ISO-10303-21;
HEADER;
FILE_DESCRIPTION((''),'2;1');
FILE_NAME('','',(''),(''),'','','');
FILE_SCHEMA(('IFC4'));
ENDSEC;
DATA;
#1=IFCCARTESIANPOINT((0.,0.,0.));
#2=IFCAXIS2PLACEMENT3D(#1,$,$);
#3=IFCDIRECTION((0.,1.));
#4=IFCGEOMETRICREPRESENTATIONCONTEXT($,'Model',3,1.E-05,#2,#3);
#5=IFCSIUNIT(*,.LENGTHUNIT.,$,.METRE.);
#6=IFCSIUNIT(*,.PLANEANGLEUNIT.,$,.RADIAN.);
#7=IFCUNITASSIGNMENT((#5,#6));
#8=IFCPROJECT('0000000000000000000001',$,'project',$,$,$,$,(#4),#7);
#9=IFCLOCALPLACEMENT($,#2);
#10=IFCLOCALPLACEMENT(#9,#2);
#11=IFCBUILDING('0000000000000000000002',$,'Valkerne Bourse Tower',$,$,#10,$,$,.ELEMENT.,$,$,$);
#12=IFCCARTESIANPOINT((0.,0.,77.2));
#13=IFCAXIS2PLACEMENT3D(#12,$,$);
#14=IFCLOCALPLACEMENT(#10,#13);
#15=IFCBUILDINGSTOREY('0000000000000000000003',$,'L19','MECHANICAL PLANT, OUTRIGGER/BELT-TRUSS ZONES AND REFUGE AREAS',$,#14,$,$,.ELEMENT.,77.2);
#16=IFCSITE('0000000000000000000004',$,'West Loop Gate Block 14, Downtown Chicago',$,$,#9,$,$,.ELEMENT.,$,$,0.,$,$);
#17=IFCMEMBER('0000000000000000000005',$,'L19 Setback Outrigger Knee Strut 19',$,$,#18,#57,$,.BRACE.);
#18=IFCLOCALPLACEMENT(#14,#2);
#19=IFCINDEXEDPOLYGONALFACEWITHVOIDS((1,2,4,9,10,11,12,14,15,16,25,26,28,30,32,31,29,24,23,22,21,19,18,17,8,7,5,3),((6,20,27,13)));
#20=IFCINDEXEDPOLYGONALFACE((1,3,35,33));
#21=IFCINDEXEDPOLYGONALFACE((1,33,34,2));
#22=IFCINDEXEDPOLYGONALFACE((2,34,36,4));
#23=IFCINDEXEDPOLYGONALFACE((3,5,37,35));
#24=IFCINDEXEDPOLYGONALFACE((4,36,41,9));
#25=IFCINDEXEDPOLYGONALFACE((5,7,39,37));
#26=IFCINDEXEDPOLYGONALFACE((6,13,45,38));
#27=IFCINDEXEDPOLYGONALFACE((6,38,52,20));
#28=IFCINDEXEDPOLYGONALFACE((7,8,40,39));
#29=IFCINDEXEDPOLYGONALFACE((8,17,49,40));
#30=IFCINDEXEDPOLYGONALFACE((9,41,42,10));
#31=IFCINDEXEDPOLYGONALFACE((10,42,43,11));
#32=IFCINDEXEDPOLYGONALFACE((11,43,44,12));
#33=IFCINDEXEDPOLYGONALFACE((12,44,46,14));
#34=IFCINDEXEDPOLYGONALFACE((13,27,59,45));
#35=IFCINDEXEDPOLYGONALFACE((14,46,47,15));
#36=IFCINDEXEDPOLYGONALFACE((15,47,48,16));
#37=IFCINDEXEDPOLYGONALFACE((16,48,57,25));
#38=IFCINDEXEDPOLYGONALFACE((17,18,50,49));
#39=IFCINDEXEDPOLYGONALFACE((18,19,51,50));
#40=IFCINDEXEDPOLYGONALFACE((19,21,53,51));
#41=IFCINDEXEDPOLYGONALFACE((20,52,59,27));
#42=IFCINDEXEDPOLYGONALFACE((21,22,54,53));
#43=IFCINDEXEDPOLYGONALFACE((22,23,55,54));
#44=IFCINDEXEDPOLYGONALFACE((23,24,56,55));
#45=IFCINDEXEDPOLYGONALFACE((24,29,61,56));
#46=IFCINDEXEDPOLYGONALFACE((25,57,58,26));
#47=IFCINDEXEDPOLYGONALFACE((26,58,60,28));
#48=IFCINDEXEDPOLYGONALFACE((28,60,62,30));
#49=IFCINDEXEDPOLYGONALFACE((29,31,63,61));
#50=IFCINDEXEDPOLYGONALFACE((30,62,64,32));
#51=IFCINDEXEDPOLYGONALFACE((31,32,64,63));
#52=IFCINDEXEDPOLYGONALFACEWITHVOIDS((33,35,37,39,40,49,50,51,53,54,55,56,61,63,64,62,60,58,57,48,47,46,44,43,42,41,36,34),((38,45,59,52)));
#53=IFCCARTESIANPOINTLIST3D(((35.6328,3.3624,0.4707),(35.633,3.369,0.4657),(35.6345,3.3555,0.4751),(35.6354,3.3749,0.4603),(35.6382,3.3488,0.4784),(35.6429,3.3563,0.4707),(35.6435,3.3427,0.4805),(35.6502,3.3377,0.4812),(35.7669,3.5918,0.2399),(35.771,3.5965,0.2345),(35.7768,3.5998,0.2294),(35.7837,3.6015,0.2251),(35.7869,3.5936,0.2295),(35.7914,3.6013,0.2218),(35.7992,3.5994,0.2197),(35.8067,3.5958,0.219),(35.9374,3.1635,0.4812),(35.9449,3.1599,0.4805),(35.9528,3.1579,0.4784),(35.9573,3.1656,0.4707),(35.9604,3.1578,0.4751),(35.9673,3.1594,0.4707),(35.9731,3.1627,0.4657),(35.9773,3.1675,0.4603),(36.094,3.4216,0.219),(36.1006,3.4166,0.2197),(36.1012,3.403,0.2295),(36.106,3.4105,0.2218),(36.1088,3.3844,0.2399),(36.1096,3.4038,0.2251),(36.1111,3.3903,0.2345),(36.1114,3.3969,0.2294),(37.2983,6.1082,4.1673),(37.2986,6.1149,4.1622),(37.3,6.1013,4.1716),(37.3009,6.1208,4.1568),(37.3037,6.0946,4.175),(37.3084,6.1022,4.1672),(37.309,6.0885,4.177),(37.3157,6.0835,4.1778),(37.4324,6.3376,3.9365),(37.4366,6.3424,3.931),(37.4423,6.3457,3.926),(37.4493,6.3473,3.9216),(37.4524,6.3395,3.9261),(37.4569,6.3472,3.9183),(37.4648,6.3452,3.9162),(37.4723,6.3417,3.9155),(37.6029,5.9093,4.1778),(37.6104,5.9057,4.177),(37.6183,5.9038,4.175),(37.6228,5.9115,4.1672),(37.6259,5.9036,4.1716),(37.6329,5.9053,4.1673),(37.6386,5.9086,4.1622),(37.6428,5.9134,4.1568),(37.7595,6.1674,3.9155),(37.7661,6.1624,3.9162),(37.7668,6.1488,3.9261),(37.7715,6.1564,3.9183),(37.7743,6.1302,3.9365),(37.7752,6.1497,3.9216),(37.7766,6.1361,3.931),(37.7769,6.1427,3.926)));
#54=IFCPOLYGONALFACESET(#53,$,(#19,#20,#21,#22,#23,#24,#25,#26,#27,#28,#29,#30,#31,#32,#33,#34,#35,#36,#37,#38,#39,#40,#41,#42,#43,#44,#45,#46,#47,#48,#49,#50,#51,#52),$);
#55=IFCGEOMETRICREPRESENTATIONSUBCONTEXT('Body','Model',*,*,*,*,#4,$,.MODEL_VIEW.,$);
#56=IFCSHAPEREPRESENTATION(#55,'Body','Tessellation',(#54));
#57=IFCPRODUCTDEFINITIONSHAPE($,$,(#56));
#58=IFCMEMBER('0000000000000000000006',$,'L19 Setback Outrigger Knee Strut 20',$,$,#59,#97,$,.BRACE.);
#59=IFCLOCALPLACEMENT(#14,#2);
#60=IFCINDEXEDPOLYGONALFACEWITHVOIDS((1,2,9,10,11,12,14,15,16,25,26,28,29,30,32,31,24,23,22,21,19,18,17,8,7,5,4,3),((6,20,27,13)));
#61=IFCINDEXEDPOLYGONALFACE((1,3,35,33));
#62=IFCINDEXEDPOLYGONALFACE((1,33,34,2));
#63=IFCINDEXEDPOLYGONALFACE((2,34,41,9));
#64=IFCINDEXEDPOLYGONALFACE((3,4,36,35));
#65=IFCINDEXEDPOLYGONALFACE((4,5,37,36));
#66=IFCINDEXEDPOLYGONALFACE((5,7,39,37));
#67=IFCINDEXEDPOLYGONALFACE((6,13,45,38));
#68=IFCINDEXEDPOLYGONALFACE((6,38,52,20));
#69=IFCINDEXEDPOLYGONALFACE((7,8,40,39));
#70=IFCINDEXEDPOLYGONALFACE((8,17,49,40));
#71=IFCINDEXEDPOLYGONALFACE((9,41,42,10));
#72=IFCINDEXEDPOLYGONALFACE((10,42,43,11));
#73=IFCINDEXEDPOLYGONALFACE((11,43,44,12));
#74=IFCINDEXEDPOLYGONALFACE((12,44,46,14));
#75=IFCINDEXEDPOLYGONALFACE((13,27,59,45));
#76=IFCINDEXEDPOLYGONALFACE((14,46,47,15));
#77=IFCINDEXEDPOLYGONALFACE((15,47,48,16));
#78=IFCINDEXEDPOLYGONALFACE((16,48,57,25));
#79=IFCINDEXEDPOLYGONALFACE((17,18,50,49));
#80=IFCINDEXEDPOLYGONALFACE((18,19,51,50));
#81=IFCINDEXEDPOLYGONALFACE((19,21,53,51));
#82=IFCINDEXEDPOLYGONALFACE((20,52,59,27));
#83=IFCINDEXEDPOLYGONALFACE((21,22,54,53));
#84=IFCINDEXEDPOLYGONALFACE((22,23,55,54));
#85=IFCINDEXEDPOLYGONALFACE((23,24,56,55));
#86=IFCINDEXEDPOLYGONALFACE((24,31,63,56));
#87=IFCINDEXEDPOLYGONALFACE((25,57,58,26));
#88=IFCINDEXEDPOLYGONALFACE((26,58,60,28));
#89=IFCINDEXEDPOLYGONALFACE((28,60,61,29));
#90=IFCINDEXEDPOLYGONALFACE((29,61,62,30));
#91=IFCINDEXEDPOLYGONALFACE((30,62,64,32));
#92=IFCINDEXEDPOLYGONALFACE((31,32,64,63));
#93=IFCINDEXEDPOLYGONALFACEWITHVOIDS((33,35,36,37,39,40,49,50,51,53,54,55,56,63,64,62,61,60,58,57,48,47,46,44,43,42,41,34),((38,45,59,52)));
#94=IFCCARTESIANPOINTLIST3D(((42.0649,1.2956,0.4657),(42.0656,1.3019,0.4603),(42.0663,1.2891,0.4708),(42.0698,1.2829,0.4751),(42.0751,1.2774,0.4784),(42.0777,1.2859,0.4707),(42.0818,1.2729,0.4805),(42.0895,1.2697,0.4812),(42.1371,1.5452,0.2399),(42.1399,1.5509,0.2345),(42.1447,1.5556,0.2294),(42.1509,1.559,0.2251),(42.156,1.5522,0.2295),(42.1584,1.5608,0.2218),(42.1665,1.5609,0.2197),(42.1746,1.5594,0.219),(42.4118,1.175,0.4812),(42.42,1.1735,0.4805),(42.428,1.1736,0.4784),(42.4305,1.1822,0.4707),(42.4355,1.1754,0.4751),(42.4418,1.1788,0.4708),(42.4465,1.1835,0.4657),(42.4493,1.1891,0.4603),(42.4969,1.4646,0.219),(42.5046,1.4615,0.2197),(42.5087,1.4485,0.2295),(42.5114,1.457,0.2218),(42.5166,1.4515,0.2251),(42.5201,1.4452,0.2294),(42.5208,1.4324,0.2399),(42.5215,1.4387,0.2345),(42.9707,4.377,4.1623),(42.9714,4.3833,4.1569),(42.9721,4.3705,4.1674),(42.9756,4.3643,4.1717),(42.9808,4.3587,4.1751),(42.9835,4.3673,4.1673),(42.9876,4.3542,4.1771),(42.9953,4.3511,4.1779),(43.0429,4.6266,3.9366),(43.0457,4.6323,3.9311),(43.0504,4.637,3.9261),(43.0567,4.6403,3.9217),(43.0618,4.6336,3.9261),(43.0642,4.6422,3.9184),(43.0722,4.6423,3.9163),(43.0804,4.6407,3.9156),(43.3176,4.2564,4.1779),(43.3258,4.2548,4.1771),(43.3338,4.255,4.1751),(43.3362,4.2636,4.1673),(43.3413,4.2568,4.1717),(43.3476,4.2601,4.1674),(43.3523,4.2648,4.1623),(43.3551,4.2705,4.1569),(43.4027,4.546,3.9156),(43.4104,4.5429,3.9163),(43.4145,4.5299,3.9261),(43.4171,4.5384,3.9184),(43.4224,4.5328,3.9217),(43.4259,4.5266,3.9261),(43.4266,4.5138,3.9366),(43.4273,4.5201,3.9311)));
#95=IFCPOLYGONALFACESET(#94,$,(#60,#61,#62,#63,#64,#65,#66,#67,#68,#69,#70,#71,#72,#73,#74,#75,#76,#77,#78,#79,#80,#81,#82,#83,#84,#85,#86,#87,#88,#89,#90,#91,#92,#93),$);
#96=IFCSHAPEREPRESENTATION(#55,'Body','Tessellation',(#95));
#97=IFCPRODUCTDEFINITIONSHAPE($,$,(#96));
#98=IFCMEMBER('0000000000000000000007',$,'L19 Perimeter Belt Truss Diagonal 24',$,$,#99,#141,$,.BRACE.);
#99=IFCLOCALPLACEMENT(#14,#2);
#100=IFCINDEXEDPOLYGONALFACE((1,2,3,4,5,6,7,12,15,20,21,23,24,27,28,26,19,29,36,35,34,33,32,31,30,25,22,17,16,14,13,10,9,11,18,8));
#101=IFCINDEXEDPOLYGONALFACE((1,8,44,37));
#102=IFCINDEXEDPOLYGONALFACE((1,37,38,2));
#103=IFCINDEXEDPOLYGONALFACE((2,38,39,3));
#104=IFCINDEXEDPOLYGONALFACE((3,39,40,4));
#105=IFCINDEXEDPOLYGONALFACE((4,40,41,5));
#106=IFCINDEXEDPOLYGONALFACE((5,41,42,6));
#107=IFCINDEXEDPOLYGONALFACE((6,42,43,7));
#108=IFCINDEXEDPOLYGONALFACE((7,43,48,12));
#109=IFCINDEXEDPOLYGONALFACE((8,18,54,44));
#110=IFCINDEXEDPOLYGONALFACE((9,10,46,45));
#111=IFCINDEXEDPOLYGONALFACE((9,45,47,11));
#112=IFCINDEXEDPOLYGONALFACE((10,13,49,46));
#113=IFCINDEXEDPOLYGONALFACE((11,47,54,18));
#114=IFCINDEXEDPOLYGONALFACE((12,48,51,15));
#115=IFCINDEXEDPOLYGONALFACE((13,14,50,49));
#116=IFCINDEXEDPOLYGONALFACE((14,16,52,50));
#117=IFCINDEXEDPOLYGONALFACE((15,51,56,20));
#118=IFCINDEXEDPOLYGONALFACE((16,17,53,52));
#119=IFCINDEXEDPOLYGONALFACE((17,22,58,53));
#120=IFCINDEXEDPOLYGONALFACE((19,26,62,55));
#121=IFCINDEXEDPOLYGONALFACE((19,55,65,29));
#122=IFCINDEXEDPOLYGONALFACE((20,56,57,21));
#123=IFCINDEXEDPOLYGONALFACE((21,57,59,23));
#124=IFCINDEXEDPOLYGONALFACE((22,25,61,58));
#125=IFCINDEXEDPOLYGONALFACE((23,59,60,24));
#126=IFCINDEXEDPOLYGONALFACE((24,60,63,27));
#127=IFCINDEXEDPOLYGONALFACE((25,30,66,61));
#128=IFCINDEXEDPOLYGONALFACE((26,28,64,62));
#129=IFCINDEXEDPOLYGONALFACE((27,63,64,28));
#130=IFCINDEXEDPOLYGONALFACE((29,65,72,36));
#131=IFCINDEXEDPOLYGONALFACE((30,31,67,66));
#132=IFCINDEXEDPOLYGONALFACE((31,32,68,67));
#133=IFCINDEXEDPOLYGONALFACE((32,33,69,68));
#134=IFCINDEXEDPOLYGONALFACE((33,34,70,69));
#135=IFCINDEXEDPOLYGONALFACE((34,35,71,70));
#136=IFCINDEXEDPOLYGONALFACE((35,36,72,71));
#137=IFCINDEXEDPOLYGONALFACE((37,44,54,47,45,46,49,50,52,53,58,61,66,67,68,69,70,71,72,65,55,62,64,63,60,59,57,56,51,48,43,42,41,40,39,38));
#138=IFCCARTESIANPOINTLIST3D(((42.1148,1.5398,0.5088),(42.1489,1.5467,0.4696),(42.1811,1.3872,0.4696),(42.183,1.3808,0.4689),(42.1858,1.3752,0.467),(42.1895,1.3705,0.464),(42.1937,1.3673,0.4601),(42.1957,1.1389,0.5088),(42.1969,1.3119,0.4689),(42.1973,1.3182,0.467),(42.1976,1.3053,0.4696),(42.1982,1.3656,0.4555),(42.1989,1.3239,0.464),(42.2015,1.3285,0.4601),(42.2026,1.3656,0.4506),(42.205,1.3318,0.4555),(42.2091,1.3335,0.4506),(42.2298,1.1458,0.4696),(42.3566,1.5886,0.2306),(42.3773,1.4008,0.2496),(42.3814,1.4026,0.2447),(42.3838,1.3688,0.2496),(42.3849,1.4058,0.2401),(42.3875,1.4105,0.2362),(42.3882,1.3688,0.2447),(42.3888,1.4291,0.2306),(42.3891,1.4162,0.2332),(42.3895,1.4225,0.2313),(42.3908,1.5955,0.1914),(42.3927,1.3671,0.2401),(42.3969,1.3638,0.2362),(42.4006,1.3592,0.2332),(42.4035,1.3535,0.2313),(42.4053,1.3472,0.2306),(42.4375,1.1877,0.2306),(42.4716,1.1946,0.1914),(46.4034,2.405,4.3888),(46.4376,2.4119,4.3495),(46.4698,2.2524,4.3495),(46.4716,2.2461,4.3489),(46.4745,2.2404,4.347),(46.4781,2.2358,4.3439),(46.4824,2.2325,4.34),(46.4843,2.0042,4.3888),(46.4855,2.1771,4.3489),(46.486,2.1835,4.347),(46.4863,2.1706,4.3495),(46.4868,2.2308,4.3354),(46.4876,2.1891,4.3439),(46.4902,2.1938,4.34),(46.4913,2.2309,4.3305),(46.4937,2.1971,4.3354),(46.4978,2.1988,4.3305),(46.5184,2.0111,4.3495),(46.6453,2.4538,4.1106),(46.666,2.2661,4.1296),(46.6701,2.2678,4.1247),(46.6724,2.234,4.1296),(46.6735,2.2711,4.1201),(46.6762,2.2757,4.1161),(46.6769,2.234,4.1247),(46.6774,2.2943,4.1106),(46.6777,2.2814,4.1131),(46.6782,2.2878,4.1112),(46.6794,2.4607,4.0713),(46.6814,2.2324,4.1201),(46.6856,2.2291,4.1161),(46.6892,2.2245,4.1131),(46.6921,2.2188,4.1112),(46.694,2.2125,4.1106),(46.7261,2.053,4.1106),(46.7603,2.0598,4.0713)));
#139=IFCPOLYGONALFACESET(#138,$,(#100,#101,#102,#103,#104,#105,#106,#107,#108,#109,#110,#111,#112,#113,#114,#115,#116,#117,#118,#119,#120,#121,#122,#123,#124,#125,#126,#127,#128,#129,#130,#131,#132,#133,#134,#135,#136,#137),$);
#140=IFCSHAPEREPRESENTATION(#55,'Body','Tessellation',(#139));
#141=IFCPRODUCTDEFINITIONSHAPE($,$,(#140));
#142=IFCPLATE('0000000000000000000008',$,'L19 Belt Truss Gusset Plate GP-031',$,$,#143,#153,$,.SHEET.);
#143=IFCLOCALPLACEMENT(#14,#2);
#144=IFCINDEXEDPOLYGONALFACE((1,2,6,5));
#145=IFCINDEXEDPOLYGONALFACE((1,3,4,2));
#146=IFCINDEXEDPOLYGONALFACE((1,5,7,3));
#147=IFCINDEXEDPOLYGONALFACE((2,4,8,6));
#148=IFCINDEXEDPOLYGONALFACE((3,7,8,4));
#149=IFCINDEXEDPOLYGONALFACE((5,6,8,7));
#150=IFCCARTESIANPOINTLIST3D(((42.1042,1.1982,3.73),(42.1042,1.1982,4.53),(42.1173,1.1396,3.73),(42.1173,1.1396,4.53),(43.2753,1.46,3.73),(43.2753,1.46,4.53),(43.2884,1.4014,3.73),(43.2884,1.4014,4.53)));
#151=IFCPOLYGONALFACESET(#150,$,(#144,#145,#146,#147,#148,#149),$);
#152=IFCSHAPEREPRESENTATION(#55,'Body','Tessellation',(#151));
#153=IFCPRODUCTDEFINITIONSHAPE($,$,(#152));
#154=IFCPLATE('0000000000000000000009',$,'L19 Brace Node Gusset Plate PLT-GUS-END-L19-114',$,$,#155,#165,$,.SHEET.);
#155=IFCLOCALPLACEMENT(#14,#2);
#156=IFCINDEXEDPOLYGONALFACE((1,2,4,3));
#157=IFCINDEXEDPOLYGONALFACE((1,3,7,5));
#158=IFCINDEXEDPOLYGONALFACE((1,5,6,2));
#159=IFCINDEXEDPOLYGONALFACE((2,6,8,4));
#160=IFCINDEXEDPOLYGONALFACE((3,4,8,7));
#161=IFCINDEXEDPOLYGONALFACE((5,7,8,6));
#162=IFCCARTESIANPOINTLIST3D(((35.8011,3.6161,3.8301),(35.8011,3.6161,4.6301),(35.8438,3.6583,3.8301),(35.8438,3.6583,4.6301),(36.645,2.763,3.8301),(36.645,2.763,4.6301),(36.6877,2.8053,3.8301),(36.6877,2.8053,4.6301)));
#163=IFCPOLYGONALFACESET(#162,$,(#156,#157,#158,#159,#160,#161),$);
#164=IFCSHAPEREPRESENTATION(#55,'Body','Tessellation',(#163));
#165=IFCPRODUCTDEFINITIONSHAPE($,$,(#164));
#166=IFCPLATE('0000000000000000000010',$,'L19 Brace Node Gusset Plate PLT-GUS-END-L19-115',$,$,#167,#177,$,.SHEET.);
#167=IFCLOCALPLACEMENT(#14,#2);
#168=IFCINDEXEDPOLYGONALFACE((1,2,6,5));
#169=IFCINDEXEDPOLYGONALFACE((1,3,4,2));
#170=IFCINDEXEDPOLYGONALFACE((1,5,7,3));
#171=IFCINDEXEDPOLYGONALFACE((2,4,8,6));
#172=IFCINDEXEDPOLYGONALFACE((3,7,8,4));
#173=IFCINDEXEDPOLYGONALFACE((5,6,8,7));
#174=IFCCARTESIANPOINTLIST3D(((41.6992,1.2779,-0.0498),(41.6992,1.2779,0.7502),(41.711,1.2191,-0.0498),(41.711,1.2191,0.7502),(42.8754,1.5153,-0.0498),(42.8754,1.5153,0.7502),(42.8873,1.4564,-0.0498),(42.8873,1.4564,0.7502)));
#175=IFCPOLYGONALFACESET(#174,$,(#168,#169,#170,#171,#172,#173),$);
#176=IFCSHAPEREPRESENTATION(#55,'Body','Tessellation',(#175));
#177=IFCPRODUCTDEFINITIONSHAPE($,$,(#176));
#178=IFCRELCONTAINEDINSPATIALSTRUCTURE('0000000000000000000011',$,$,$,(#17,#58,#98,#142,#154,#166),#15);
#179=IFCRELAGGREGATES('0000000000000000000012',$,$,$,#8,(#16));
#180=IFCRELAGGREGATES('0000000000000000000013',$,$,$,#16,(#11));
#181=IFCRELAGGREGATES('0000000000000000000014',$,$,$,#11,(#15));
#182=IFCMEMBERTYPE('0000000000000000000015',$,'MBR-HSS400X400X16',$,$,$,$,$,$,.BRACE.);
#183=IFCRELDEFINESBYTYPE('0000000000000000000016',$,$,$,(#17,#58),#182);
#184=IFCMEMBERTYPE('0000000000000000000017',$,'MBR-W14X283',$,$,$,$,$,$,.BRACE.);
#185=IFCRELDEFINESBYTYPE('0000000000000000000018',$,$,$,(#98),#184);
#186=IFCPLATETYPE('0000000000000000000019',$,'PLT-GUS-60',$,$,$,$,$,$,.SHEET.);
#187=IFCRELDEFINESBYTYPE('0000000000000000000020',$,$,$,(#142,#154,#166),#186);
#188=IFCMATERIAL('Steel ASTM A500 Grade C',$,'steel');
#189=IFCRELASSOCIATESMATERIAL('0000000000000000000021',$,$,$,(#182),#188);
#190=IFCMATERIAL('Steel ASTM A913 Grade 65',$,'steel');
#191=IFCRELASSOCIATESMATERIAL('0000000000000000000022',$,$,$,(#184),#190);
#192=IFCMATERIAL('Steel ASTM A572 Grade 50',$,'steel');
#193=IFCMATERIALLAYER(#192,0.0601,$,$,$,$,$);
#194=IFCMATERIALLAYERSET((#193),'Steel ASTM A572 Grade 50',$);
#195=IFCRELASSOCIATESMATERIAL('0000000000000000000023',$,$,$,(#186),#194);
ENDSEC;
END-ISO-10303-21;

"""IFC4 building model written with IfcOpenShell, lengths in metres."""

from ifc_helpers import new_model, si_unit, direction, frame, origin, origin_2d, place, context, subcontext, project, spatial, rectangle, hollow_rectangle, i_section, extrude, material, layer, layer_set, material_profile, profile_set, type_object, element, save


model = new_model("IFC4")

# Units and contexts
model_context = context("Model", 3, precision=1e-05, world=origin(), true_north=direction((0.0, 1.0)))
body_context = subcontext(model_context, "Body", "Model", "MODEL_VIEW")
ifc_project = project(units=[si_unit("LENGTHUNIT", "METRE"), si_unit("PLANEANGLEUNIT", "RADIAN")], contexts=[model_context])

# Site, building, storey
site_placement = place(None, origin())
site = spatial("IfcSite", under=ifc_project, at=site_placement, Name="West Loop Gate Block 14, Downtown Chicago", CompositionType="ELEMENT", RefElevation=0.0)
building_placement = place(site_placement, origin())
building = spatial("IfcBuilding", under=site, at=building_placement, Name="Valkerne Bourse Tower", CompositionType="ELEMENT")
storey_placement = place(building_placement, frame((0.0, 0.0, 77.2)))
storey = spatial("IfcBuildingStorey", under=building, at=storey_placement, Name="L19", Description="MECHANICAL PLANT, OUTRIGGER/BELT-TRUSS ZONES AND REFUGE AREAS", CompositionType="ELEMENT", Elevation=77.2)

# Shared definitions
ifc_material_1 = material(Name="Steel ASTM A913 Grade 65", Category="steel")

# Members
ifc_material_2 = material(Name="Steel ASTM A500 Grade C", Category="steel")
ifc_material_profile_1 = material_profile(ifc_material_2, hollow_rectangle(XDim=0.3999, YDim=0.3999, WallThickness=0.0161, OuterFilletRadius=0.032, at=origin_2d()), Name="HSS400X400X16")
ifc_profile_set_1 = profile_set([ifc_material_profile_1], Name="Steel ASTM A500 Grade C")
member_type_1 = type_object("IfcMemberType", Name="MBR-HSS400X400X16", PredefinedType="BRACE", material=ifc_profile_set_1)
member_1_placement = place(storey_placement, frame((35.8721, 3.3796, 0.3501), z_axis=(0.34013, 0.560751, 0.754897), x_axis=(-0.855008, 0.518615, 0.0)))
element("IfcMember", 1, at=member_1_placement, inside=storey, type_object=member_type_1, Name="L19 Setback Outrigger Knee Strut 19", PredefinedType="BRACE", context=body_context, shape_type="SweptSolid", body=[
    extrude(hollow_rectangle(XDim=0.3999, YDim=0.3999, WallThickness=0.0161, OuterFilletRadius=0.032, at=origin_2d()), origin(), (0.0, 0.0, 1.0), 4.8967),
])
member_2_placement = place(storey_placement, frame((42.2932, 1.3672, 0.3501), z_axis=(0.184968, 0.629241, 0.754879), x_axis=(-0.959408, 0.282022, 0.0)))
element("IfcMember", 2, at=member_2_placement, inside=storey, type_object=member_type_1, Name="L19 Setback Outrigger Knee Strut 20", PredefinedType="BRACE", context=body_context, shape_type="SweptSolid", body=[
    extrude(hollow_rectangle(XDim=0.3999, YDim=0.3999, WallThickness=0.0161, OuterFilletRadius=0.032, at=origin_2d()), origin(), (0.0, 0.0, 1.0), 4.897),
])
ifc_material_profile_2 = material_profile(ifc_material_1, i_section(OverallWidth=0.4089, OverallDepth=0.4243, WebThickness=0.0327, FlangeThickness=0.0525, FilletRadius=0.0254, at=origin_2d()), Name="W14X283")
ifc_profile_set_2 = profile_set([ifc_material_profile_2], Name="Steel ASTM A913 Grade 65")
member_type_2 = type_object("IfcMemberType", Name="MBR-W14X283", PredefinedType="BRACE", material=ifc_profile_set_2)
member_3_placement = place(storey_placement, frame((42.2932, 1.3672, 0.3501), z_axis=(0.733395, 0.147965, 0.663504), x_axis=(-0.197769, 0.980249, 0.0)))
element("IfcMember", 3, at=member_3_placement, inside=storey, type_object=member_type_2, Name="L19 Perimeter Belt Truss Diagonal 24", PredefinedType="BRACE", context=body_context, shape_type="SweptSolid", body=[
    extrude(i_section(OverallWidth=0.4089, OverallDepth=0.4243, WebThickness=0.0327, FlangeThickness=0.0525, FilletRadius=0.0254, at=origin_2d()), origin(), (0.0, 0.0, 1.0), 5.8477),
])

# Plates
ifc_material_3 = material(Name="Steel ASTM A572 Grade 50", Category="steel")
ifc_layer_1 = layer(ifc_material_3, 0.0601)
ifc_layer_set_1 = layer_set([ifc_layer_1], Name="Steel ASTM A572 Grade 50")
plate_type = type_object("IfcPlateType", Name="PLT-GUS-60", PredefinedType="SHEET", material=ifc_layer_set_1)
for number, where, z_axis, x_axis, name in (
    (4, (42.6963, 1.2998, 3.73), (0.0, 0.0, 1.0), (0.975917, 0.218143, 0.0), "L19 Belt Truss Gusset Plate GP-031"),
    (5, (36.2444, 3.2107, 3.8301), (0.0, 0.0, 1.0), (0.703271, -0.710922, 0.0), "L19 Brace Node Gusset Plate PLT-GUS-END-L19-114"),
    (6, (42.2932, 1.3672, -0.0498), (0.0, 0.0, 1.0), (0.980237, 0.197828, 0.0), "L19 Brace Node Gusset Plate PLT-GUS-END-L19-115"),
):
    element("IfcPlate", number, at=place(storey_placement, frame(where, z_axis=z_axis, x_axis=x_axis)), inside=storey, type_object=plate_type, Name=name, PredefinedType="SHEET", context=body_context, shape_type="SweptSolid", body=[
        extrude(rectangle(XDim=1.2, YDim=0.0601, at=origin_2d()), origin(), (0.0, 0.0, 1.0), 0.8),
    ])

save(model, "model.ifc")
